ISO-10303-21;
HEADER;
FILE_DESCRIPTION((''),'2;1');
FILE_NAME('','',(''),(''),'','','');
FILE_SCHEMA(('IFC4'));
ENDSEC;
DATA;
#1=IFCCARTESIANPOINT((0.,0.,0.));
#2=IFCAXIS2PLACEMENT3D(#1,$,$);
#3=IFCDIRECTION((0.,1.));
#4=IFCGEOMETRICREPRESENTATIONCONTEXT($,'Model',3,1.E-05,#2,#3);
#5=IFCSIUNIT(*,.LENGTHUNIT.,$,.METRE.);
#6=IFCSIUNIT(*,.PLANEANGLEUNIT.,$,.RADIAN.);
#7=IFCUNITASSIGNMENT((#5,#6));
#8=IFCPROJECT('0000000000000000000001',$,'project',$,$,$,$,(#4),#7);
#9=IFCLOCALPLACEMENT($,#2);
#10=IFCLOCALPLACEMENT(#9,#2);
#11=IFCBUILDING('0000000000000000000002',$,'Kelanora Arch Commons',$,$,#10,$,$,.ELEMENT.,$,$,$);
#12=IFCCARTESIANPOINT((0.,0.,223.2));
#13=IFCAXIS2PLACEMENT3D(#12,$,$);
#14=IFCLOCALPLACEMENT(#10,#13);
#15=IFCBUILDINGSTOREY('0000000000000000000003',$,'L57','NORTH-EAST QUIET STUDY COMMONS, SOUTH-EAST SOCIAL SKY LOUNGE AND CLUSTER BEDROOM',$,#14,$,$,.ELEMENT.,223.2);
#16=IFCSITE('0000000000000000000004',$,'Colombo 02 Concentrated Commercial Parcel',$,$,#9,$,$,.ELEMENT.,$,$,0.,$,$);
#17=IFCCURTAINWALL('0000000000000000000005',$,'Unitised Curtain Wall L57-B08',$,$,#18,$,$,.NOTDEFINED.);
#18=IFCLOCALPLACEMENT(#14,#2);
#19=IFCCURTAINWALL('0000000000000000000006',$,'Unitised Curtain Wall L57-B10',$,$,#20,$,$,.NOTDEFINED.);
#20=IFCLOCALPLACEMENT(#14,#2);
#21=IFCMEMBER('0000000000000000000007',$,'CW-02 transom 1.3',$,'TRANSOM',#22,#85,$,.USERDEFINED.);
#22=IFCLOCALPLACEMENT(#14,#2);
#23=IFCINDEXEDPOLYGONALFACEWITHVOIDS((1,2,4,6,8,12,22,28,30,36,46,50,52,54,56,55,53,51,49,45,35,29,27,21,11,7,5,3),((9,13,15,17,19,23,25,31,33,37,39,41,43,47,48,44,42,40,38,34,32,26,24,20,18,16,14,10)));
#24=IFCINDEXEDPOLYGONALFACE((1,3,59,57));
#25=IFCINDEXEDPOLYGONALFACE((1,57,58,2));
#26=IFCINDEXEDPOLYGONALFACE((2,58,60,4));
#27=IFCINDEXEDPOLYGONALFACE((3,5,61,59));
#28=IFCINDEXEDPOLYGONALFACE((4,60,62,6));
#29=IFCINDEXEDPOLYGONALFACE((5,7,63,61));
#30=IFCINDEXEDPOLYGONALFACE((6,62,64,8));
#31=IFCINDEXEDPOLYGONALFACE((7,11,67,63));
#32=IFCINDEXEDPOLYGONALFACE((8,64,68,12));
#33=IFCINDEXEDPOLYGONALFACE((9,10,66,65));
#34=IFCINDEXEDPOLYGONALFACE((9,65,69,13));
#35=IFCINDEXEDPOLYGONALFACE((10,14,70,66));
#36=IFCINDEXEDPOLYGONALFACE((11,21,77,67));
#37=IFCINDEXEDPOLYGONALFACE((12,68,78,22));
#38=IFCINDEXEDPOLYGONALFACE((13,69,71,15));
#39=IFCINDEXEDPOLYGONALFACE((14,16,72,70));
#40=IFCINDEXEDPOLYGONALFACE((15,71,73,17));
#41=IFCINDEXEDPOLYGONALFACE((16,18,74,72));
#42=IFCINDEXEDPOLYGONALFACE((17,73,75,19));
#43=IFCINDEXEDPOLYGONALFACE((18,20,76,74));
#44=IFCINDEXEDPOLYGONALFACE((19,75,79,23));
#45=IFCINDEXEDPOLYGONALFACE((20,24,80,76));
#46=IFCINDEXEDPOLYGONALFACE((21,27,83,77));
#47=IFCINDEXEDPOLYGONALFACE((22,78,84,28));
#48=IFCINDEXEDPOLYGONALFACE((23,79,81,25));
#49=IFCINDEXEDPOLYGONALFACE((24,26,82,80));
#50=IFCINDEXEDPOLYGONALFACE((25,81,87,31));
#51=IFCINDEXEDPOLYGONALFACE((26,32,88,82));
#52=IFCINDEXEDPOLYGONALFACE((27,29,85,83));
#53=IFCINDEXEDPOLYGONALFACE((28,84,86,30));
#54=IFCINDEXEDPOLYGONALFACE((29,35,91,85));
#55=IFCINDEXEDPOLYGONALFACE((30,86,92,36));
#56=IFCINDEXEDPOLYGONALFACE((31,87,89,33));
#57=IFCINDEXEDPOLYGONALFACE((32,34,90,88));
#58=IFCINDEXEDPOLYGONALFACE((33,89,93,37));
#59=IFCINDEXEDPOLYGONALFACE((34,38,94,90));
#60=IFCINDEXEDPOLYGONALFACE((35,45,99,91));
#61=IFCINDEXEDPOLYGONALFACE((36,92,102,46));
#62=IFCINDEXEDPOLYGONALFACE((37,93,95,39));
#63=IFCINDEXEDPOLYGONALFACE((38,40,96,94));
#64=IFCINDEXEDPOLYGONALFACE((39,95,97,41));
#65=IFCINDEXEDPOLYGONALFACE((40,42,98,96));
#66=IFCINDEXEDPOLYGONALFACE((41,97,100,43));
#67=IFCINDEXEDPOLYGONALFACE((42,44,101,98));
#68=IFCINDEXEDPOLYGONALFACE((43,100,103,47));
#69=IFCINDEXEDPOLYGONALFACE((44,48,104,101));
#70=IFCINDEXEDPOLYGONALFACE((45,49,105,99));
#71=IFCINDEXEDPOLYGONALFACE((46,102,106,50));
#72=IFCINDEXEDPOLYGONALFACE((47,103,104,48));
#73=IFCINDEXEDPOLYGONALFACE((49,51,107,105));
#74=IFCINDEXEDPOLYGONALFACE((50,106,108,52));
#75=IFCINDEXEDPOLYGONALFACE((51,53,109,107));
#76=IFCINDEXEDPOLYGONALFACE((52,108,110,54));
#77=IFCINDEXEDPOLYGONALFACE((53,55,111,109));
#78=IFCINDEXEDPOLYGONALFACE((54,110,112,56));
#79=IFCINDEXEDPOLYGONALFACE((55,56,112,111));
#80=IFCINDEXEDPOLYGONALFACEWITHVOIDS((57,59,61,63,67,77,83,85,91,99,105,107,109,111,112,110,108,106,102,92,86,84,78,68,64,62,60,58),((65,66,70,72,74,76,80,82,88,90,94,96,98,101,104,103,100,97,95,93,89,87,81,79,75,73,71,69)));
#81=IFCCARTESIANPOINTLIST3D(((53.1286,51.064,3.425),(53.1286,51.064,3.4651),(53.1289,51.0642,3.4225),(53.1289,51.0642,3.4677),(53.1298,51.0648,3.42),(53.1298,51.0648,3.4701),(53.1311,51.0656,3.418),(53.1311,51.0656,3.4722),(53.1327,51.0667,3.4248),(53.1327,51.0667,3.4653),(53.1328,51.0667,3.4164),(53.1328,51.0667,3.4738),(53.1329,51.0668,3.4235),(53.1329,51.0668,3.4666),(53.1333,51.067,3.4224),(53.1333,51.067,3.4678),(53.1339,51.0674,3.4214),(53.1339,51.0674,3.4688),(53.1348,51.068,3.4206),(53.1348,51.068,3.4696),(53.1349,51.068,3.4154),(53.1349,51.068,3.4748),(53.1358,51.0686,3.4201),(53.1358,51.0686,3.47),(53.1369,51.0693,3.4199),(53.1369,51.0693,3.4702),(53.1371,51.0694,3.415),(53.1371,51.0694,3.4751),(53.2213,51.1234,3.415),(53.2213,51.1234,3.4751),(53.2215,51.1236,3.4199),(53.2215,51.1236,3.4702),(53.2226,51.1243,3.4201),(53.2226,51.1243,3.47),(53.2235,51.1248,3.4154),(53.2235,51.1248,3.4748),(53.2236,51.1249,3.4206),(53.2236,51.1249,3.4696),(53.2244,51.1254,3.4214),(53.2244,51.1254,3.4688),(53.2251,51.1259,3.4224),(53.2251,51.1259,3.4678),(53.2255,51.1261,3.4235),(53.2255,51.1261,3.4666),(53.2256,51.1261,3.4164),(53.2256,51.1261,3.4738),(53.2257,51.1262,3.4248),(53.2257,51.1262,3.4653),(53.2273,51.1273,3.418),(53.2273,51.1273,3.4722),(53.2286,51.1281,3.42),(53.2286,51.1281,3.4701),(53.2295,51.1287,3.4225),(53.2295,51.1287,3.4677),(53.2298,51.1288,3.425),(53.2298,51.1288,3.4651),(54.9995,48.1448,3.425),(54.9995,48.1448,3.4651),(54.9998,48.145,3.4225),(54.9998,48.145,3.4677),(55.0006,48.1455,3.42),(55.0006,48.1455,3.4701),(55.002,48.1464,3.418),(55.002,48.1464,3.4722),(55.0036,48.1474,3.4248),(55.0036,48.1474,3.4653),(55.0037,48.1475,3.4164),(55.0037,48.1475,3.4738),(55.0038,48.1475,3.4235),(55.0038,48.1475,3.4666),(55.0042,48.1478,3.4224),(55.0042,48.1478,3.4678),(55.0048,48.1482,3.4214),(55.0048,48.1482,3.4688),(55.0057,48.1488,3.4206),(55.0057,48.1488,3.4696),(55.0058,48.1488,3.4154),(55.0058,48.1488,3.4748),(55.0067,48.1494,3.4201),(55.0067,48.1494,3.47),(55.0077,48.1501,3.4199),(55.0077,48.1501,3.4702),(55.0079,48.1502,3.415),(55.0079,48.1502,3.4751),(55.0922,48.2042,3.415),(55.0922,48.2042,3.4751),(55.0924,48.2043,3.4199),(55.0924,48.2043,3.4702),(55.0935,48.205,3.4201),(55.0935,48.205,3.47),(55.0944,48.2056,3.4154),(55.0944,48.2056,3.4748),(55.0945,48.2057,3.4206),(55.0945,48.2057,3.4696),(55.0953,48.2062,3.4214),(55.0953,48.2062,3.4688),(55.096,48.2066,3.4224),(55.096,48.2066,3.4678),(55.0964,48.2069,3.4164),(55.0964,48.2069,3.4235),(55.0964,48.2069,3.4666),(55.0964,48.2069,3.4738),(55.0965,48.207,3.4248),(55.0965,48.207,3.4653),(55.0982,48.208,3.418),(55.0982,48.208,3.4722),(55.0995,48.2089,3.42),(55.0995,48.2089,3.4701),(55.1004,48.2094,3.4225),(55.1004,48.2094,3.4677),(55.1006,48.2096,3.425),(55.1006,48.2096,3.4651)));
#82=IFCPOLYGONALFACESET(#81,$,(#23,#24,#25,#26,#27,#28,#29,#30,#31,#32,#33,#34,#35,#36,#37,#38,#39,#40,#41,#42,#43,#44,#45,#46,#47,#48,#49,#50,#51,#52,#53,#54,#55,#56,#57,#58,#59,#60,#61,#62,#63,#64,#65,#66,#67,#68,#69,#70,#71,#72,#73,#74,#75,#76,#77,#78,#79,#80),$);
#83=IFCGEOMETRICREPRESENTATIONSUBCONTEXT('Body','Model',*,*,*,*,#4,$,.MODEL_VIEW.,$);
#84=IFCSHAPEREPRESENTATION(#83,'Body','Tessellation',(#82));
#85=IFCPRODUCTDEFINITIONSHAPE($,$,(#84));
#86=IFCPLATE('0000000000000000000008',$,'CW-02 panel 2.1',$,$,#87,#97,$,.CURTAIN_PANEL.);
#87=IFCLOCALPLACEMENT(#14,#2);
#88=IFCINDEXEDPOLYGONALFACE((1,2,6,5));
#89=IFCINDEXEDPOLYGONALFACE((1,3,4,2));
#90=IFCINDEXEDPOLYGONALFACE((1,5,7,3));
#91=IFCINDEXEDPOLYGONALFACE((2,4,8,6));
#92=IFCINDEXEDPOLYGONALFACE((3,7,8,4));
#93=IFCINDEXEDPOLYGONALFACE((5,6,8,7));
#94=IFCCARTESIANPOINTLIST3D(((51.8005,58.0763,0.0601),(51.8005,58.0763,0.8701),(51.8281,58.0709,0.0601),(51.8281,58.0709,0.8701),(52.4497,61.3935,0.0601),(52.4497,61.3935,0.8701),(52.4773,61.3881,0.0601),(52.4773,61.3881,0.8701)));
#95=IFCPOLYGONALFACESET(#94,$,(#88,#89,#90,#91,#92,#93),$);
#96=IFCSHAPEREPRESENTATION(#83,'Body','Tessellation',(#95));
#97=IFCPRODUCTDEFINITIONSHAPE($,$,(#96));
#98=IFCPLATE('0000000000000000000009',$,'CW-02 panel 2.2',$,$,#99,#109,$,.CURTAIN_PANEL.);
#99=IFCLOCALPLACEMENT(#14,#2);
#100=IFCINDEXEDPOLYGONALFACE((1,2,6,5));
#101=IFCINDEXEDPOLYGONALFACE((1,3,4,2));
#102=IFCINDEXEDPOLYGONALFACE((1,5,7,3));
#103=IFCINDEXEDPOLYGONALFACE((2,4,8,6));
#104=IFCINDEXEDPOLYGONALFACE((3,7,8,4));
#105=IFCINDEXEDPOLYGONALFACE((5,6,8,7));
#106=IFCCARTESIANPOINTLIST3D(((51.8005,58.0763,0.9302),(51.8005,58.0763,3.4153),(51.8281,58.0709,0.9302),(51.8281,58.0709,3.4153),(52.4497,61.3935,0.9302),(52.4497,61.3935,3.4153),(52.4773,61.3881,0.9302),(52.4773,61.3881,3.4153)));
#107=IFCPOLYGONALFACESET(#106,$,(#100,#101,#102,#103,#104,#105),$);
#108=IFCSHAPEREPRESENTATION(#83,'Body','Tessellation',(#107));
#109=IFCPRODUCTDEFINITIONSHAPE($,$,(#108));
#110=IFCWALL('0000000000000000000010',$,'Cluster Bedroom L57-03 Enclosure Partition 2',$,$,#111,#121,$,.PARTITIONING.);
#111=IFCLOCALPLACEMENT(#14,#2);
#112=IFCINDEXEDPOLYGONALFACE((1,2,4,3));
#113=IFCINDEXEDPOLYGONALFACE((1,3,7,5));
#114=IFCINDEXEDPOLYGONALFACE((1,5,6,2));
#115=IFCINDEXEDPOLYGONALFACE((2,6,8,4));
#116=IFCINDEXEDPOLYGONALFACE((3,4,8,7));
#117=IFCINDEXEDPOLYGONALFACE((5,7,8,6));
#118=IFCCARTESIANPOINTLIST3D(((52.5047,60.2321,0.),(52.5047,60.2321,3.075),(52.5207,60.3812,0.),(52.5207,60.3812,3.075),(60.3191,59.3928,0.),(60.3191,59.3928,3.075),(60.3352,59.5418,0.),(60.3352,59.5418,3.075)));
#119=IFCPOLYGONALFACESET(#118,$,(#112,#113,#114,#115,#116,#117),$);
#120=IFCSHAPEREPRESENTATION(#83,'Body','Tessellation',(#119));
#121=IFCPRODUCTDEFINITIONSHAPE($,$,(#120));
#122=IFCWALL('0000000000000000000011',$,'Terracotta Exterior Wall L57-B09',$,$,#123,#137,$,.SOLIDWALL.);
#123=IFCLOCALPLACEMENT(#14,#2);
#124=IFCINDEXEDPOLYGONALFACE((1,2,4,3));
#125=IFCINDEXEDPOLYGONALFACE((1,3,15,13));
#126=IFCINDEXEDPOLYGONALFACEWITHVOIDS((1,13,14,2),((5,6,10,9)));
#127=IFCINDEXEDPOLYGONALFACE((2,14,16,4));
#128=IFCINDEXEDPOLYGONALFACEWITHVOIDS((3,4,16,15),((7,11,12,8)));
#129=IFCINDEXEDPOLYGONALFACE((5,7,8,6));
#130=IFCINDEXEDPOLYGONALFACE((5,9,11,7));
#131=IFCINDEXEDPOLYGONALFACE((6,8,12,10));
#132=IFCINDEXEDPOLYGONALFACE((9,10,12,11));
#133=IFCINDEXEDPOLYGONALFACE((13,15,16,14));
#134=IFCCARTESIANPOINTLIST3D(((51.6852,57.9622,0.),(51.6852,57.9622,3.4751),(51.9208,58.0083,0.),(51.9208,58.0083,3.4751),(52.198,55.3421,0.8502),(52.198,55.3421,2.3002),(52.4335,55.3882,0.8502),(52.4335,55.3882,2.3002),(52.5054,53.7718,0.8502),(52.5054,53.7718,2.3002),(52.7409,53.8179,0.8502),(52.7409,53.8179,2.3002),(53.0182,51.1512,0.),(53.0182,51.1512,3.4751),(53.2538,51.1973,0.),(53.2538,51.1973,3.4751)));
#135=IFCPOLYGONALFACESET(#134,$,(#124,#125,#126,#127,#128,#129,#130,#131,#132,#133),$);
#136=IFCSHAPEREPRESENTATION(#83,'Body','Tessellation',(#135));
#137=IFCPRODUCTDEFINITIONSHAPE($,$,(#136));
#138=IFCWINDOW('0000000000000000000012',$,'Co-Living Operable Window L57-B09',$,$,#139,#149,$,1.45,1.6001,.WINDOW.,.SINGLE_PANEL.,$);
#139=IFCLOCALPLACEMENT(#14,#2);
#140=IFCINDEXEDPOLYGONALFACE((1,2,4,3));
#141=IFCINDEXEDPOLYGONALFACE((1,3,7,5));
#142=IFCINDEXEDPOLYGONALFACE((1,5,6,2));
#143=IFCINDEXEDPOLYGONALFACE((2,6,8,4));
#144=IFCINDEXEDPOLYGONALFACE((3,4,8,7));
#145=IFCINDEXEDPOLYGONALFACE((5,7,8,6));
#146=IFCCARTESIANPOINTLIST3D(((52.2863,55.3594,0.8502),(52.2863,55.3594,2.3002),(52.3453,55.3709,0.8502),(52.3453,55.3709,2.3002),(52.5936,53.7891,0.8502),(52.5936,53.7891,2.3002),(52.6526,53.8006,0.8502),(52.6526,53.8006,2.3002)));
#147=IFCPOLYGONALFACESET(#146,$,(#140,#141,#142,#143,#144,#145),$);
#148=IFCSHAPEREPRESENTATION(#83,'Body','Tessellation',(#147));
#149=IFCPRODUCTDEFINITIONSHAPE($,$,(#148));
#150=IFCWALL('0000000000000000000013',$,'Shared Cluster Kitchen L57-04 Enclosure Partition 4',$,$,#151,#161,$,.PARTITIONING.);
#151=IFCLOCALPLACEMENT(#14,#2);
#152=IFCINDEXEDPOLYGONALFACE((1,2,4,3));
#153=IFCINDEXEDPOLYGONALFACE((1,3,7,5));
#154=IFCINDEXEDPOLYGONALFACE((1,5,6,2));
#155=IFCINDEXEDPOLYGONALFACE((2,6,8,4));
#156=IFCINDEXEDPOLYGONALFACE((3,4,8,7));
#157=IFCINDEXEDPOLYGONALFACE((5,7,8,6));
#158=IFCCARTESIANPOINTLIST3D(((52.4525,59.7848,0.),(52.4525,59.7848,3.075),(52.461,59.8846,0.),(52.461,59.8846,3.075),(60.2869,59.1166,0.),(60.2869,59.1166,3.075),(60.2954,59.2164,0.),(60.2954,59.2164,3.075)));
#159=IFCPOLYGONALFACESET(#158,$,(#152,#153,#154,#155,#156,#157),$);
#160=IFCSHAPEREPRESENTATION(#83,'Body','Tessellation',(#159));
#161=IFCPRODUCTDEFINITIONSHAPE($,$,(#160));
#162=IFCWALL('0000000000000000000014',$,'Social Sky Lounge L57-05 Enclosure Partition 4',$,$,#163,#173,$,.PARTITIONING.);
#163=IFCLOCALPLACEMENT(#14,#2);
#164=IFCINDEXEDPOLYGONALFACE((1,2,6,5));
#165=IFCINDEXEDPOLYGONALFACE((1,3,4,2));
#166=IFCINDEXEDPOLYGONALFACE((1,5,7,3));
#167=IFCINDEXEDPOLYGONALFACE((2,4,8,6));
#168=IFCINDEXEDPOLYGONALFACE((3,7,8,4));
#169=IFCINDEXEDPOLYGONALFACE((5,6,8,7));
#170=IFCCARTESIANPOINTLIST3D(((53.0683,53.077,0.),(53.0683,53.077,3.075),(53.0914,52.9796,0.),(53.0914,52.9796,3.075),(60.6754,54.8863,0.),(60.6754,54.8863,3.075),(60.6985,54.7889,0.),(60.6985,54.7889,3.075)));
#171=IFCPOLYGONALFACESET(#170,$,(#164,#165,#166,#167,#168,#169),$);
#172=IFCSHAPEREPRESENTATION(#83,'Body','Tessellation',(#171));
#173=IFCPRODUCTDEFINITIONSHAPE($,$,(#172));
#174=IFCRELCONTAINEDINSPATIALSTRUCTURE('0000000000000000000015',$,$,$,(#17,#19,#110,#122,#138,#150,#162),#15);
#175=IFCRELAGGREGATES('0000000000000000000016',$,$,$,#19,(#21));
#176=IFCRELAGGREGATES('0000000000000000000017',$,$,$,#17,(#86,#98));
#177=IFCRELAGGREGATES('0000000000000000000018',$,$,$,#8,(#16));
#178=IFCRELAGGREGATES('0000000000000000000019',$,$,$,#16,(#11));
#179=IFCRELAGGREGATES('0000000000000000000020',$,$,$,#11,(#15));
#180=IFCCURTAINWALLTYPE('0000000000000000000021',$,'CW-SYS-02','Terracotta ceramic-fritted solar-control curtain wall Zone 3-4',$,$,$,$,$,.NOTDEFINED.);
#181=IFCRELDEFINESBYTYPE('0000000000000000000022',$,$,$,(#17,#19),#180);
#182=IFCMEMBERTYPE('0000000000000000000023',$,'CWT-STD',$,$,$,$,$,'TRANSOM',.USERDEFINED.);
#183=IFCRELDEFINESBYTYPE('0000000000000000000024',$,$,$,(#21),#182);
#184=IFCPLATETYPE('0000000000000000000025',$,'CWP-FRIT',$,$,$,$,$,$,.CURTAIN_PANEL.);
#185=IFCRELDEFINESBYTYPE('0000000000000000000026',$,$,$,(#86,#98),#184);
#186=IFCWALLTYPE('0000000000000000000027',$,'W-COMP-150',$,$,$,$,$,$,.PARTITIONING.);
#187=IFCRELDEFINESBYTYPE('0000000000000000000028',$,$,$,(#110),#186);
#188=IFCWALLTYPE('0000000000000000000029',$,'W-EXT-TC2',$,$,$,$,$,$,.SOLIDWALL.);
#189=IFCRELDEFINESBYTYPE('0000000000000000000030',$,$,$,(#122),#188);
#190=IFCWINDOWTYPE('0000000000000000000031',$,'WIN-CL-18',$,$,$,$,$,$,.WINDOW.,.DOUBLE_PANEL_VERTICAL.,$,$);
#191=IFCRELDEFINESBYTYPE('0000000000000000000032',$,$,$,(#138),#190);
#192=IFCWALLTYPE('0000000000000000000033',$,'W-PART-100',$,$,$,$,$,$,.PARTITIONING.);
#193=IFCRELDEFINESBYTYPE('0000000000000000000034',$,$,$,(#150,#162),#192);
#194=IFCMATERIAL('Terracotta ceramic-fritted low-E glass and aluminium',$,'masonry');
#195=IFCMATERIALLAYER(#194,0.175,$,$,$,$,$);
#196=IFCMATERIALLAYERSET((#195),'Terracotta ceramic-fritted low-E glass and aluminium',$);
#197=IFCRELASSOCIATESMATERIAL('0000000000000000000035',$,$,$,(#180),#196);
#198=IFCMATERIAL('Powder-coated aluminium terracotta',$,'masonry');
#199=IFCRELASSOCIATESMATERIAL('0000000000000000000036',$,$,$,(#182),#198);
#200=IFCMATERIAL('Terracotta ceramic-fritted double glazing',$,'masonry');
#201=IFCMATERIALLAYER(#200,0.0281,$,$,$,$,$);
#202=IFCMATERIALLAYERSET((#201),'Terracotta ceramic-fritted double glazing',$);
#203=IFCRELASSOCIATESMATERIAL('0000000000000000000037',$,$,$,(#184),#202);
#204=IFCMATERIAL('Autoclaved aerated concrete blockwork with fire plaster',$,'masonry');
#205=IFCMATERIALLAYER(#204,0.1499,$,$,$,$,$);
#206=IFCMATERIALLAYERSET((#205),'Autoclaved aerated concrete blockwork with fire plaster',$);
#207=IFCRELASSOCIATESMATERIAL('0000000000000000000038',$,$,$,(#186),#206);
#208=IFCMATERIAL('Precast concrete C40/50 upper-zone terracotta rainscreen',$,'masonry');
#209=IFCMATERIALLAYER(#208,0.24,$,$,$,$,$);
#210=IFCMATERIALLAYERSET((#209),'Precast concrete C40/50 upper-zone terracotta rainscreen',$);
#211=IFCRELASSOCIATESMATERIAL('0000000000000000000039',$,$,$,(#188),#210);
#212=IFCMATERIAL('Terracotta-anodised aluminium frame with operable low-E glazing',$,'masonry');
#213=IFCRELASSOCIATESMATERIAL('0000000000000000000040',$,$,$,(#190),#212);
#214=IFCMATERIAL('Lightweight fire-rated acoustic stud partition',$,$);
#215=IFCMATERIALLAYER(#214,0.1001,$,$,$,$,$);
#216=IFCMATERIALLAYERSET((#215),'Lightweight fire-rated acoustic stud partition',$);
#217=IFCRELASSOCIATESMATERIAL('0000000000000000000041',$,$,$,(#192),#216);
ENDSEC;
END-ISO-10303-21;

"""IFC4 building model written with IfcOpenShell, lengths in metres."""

from ifc_helpers import new_model, si_unit, direction, frame, frame_2d, origin, origin_2d, place, context, subcontext, project, spatial, rectangle, hollow_rectangle, extrude, source, transform, mapped, material, layer, layer_set, material_profile, profile_set, type_object, element, fill, aggregate, save


model = new_model("IFC4")

# Units and contexts
model_context = context("Model", 3, precision=1e-05, world=origin(), true_north=direction((0.0, 1.0)))
body_context = subcontext(model_context, "Body", "Model", "MODEL_VIEW")
ifc_project = project(units=[si_unit("LENGTHUNIT", "METRE"), si_unit("PLANEANGLEUNIT", "RADIAN")], contexts=[model_context])

# Site, building, storey
site_placement = place(None, origin())
site = spatial("IfcSite", under=ifc_project, at=site_placement, Name="Colombo 02 Concentrated Commercial Parcel", CompositionType="ELEMENT", RefElevation=0.0)
building_placement = place(site_placement, origin())
building = spatial("IfcBuilding", under=site, at=building_placement, Name="Kelanora Arch Commons", CompositionType="ELEMENT")
storey_placement = place(building_placement, frame((0.0, 0.0, 223.2)))
storey = spatial("IfcBuildingStorey", under=building, at=storey_placement, Name="L57", Description="NORTH-EAST QUIET STUDY COMMONS, SOUTH-EAST SOCIAL SKY LOUNGE AND CLUSTER BEDROOM", CompositionType="ELEMENT", Elevation=223.2)

# Curtain wall
ifc_material_1 = material(Name="Terracotta ceramic-fritted low-E glass and aluminium", Category="masonry")
ifc_layer_1 = layer(ifc_material_1, 0.175)
ifc_layer_set_1 = layer_set([ifc_layer_1], Name="Terracotta ceramic-fritted low-E glass and aluminium")
curtain_wall_type = type_object("IfcCurtainWallType", Name="CW-SYS-02", Description="Terracotta ceramic-fritted solar-control curtain wall Zone 3-4", PredefinedType="NOTDEFINED", material=ifc_layer_set_1)
curtain_wall_1_placement = place(storey_placement, origin())
curtain_wall_1 = element("IfcCurtainWall", 1, at=curtain_wall_1_placement, inside=storey, type_object=curtain_wall_type, Name="Unitised Curtain Wall L57-B08", PredefinedType="NOTDEFINED")
ifc_material_2 = material(Name="Powder-coated aluminium terracotta", Category="masonry")

# Curtain wall, member
curtain_wall_2_placement = place(storey_placement, origin())
curtain_wall_2 = element("IfcCurtainWall", 2, at=curtain_wall_2_placement, inside=storey, type_object=curtain_wall_type, Name="Unitised Curtain Wall L57-B10", PredefinedType="NOTDEFINED")
ifc_material_profile_1 = material_profile(ifc_material_2, hollow_rectangle(XDim=0.1201, YDim=0.0601, WallThickness=0.0049, InnerFilletRadius=0.0049, OuterFilletRadius=0.01, at=origin_2d()), Name="CWT120x60")
ifc_profile_set_1 = profile_set([ifc_material_profile_1], Name="Powder-coated aluminium terracotta")
member_type_1 = type_object("IfcMemberType", Name="CWT-STD", ElementType="TRANSOM", PredefinedType="USERDEFINED", material=ifc_profile_set_1)
member_1_placement = place(storey_placement, frame((53.1792, 51.0964, 3.4451), z_axis=(0.539579, -0.841935, 0.0), x_axis=(0.841935, 0.539579, 0.0)))
member_1 = element("IfcMember", 3, at=member_1_placement, type_object=member_type_1, Name="CW-02 transom 1.3", ObjectType="TRANSOM", PredefinedType="USERDEFINED", context=body_context, shape_type="SweptSolid", body=[
    extrude(hollow_rectangle(XDim=0.1201, YDim=0.0601, WallThickness=0.0049, InnerFilletRadius=0.0049, OuterFilletRadius=0.01, at=origin_2d()), origin(), (0.0, 0.0, 1.0), 3.4673),
])
aggregate(curtain_wall_2, [member_1])

# Plates
ifc_material_3 = material(Name="Terracotta ceramic-fritted double glazing", Category="masonry")
ifc_layer_2 = layer(ifc_material_3, 0.0281)
ifc_layer_set_2 = layer_set([ifc_layer_2], Name="Terracotta ceramic-fritted double glazing")
plate_type = type_object("IfcPlateType", Name="CWP-FRIT", PredefinedType="CURTAIN_PANEL", material=ifc_layer_set_2)
shared_shape_1 = source(origin(), body_context, "Body", "SweptSolid", [
    extrude(rectangle(XDim=3.3801, YDim=0.0281, at=origin_2d()), origin(), (0.0, 0.0, 1.0), 0.8101),
])
plate_1_placement = place(storey_placement, frame((52.1389, 59.7322, 0.0601), z_axis=(0.0, 0.0, 1.0), x_axis=(-0.192069, -0.981381, 0.0)))
plate_1 = element("IfcPlate", 4, at=plate_1_placement, type_object=plate_type, Name="CW-02 panel 2.1", PredefinedType="CURTAIN_PANEL", context=body_context, shape_type="MappedRepresentation", body=[
    mapped(shared_shape_1, transform((0.0, 0.0, 0.0), scale=1.0)),
])
shared_shape_2 = source(origin(), body_context, "Body", "SweptSolid", [
    extrude(rectangle(XDim=3.3801, YDim=0.0281, at=origin_2d()), origin(), (0.0, 0.0, 1.0), 2.4851),
])
plate_2_placement = place(storey_placement, frame((52.1389, 59.7322, 0.9302), z_axis=(0.0, 0.0, 1.0), x_axis=(-0.192069, -0.981381, 0.0)))
plate_2 = element("IfcPlate", 5, at=plate_2_placement, type_object=plate_type, Name="CW-02 panel 2.2", PredefinedType="CURTAIN_PANEL", context=body_context, shape_type="MappedRepresentation", body=[
    mapped(shared_shape_2, transform((0.0, 0.0, 0.0), scale=1.0)),
])
aggregate(curtain_wall_1, [plate_1, plate_2])

# Wall
ifc_material_4 = material(Name="Autoclaved aerated concrete blockwork with fire plaster", Category="masonry")
ifc_layer_3 = layer(ifc_material_4, 0.1499)
ifc_layer_set_3 = layer_set([ifc_layer_3], Name="Autoclaved aerated concrete blockwork with fire plaster")
wall_type_1 = type_object("IfcWallType", Name="W-COMP-150", PredefinedType="PARTITIONING", material=ifc_layer_set_3)
wall_1_placement = place(storey_placement, frame((60.3271, 59.4673, 0.0), z_axis=(0.0, 0.0, 1.0), x_axis=(-0.994281, 0.106796, 0.0)))
element("IfcWall", 6, at=wall_1_placement, inside=storey, type_object=wall_type_1, Name="Cluster Bedroom L57-03 Enclosure Partition 2", PredefinedType="PARTITIONING", context=body_context, shape_type="SweptSolid", body=[
    extrude(rectangle(XDim=7.8594, YDim=0.1499, at=frame_2d((3.9297, 0.0))), origin(), (0.0, 0.0, 1.0), 3.075),
])

# Wall, opening, window
ifc_material_5 = material(Name="Precast concrete C40/50 upper-zone terracotta rainscreen", Category="masonry")
ifc_layer_4 = layer(ifc_material_5, 0.24)
ifc_layer_set_4 = layer_set([ifc_layer_4], Name="Precast concrete C40/50 upper-zone terracotta rainscreen")
wall_type_2 = type_object("IfcWallType", Name="W-EXT-TC2", PredefinedType="SOLIDWALL", material=ifc_layer_set_4)
wall_2_placement = place(storey_placement, frame((51.803, 57.9854, 0.0), z_axis=(0.0, 0.0, 1.0), x_axis=(0.192069, -0.981381, 0.0)))
wall_2 = element("IfcWall", 7, at=wall_2_placement, inside=storey, type_object=wall_type_2, Name="Terracotta Exterior Wall L57-B09", PredefinedType="SOLIDWALL", context=body_context, shape_type="SweptSolid", body=[
    extrude(rectangle(XDim=6.9402, YDim=0.24, at=frame_2d((3.4702, 0.0))), origin(), (0.0, 0.0, 1.0), 3.4751),
])
opening_placement = place(wall_2_placement, frame((2.6699, 0.0, 0.8501)))
opening = element("IfcOpeningElement", 8, at=opening_placement, cuts=wall_2, PredefinedType="OPENING", context=body_context, shape_type="SweptSolid", body=[
    extrude(rectangle(XDim=1.6001, YDim=1.45, at=frame_2d((0.8, 0.7251))), frame((0.0, 0.1299, 0.0), z_axis=(0.0, -1.0, 0.0), x_axis=(1.0, 0.0, 0.0)), (0.0, 0.0, 1.0), 0.26),
])
ifc_material_6 = material(Name="Terracotta-anodised aluminium frame with operable low-E glazing", Category="masonry")
window_type = type_object("IfcWindowType", Name="WIN-CL-18", PartitioningType="DOUBLE_PANEL_VERTICAL", PredefinedType="WINDOW", material=ifc_material_6)
window_placement = place(opening_placement, origin())
window = element("IfcWindow", 9, at=window_placement, inside=storey, type_object=window_type, Name="Co-Living Operable Window L57-B09", OverallHeight=1.45, OverallWidth=1.6001, PartitioningType="SINGLE_PANEL", PredefinedType="WINDOW", context=body_context, shape_type="SweptSolid", body=[
    extrude(rectangle(XDim=1.6001, YDim=1.45, at=frame_2d((0.8, 0.7251))), frame((0.0, 0.03, 0.0), z_axis=(0.0, -1.0, 0.0), x_axis=(1.0, 0.0, 0.0)), (0.0, 0.0, 1.0), 0.0601),
])
fill(opening, window)

# Walls
ifc_material_7 = material(Name="Lightweight fire-rated acoustic stud partition")
ifc_layer_5 = layer(ifc_material_7, 0.1001)
ifc_layer_set_5 = layer_set([ifc_layer_5], Name="Lightweight fire-rated acoustic stud partition")
wall_type_3 = type_object("IfcWallType", Name="W-PART-100", PredefinedType="PARTITIONING", material=ifc_layer_set_5)
wall_3_placement = place(storey_placement, frame((52.4568, 59.8347, 0.0), z_axis=(0.0, 0.0, 1.0), x_axis=(0.996382, -0.084985, 0.0)))
element("IfcWall", 10, at=wall_3_placement, inside=storey, type_object=wall_type_3, Name="Shared Cluster Kitchen L57-04 Enclosure Partition 4", PredefinedType="PARTITIONING", context=body_context, shape_type="SweptSolid", body=[
    extrude(rectangle(XDim=7.8628, YDim=0.1001, at=frame_2d((3.9314, 0.0))), origin(), (0.0, 0.0, 1.0), 3.075),
])
wall_4_placement = place(storey_placement, frame((53.0798, 53.0283, 0.0), z_axis=(0.0, 0.0, 1.0), x_axis=(0.972861, 0.23139, 0.0)))
element("IfcWall", 11, at=wall_4_placement, inside=storey, type_object=wall_type_3, Name="Social Sky Lounge L57-05 Enclosure Partition 4", PredefinedType="PARTITIONING", context=body_context, shape_type="SweptSolid", body=[
    extrude(rectangle(XDim=7.8193, YDim=0.1001, at=frame_2d((3.9097, 0.0))), origin(), (0.0, 0.0, 1.0), 3.075),
])

save(model, "model.ifc")
